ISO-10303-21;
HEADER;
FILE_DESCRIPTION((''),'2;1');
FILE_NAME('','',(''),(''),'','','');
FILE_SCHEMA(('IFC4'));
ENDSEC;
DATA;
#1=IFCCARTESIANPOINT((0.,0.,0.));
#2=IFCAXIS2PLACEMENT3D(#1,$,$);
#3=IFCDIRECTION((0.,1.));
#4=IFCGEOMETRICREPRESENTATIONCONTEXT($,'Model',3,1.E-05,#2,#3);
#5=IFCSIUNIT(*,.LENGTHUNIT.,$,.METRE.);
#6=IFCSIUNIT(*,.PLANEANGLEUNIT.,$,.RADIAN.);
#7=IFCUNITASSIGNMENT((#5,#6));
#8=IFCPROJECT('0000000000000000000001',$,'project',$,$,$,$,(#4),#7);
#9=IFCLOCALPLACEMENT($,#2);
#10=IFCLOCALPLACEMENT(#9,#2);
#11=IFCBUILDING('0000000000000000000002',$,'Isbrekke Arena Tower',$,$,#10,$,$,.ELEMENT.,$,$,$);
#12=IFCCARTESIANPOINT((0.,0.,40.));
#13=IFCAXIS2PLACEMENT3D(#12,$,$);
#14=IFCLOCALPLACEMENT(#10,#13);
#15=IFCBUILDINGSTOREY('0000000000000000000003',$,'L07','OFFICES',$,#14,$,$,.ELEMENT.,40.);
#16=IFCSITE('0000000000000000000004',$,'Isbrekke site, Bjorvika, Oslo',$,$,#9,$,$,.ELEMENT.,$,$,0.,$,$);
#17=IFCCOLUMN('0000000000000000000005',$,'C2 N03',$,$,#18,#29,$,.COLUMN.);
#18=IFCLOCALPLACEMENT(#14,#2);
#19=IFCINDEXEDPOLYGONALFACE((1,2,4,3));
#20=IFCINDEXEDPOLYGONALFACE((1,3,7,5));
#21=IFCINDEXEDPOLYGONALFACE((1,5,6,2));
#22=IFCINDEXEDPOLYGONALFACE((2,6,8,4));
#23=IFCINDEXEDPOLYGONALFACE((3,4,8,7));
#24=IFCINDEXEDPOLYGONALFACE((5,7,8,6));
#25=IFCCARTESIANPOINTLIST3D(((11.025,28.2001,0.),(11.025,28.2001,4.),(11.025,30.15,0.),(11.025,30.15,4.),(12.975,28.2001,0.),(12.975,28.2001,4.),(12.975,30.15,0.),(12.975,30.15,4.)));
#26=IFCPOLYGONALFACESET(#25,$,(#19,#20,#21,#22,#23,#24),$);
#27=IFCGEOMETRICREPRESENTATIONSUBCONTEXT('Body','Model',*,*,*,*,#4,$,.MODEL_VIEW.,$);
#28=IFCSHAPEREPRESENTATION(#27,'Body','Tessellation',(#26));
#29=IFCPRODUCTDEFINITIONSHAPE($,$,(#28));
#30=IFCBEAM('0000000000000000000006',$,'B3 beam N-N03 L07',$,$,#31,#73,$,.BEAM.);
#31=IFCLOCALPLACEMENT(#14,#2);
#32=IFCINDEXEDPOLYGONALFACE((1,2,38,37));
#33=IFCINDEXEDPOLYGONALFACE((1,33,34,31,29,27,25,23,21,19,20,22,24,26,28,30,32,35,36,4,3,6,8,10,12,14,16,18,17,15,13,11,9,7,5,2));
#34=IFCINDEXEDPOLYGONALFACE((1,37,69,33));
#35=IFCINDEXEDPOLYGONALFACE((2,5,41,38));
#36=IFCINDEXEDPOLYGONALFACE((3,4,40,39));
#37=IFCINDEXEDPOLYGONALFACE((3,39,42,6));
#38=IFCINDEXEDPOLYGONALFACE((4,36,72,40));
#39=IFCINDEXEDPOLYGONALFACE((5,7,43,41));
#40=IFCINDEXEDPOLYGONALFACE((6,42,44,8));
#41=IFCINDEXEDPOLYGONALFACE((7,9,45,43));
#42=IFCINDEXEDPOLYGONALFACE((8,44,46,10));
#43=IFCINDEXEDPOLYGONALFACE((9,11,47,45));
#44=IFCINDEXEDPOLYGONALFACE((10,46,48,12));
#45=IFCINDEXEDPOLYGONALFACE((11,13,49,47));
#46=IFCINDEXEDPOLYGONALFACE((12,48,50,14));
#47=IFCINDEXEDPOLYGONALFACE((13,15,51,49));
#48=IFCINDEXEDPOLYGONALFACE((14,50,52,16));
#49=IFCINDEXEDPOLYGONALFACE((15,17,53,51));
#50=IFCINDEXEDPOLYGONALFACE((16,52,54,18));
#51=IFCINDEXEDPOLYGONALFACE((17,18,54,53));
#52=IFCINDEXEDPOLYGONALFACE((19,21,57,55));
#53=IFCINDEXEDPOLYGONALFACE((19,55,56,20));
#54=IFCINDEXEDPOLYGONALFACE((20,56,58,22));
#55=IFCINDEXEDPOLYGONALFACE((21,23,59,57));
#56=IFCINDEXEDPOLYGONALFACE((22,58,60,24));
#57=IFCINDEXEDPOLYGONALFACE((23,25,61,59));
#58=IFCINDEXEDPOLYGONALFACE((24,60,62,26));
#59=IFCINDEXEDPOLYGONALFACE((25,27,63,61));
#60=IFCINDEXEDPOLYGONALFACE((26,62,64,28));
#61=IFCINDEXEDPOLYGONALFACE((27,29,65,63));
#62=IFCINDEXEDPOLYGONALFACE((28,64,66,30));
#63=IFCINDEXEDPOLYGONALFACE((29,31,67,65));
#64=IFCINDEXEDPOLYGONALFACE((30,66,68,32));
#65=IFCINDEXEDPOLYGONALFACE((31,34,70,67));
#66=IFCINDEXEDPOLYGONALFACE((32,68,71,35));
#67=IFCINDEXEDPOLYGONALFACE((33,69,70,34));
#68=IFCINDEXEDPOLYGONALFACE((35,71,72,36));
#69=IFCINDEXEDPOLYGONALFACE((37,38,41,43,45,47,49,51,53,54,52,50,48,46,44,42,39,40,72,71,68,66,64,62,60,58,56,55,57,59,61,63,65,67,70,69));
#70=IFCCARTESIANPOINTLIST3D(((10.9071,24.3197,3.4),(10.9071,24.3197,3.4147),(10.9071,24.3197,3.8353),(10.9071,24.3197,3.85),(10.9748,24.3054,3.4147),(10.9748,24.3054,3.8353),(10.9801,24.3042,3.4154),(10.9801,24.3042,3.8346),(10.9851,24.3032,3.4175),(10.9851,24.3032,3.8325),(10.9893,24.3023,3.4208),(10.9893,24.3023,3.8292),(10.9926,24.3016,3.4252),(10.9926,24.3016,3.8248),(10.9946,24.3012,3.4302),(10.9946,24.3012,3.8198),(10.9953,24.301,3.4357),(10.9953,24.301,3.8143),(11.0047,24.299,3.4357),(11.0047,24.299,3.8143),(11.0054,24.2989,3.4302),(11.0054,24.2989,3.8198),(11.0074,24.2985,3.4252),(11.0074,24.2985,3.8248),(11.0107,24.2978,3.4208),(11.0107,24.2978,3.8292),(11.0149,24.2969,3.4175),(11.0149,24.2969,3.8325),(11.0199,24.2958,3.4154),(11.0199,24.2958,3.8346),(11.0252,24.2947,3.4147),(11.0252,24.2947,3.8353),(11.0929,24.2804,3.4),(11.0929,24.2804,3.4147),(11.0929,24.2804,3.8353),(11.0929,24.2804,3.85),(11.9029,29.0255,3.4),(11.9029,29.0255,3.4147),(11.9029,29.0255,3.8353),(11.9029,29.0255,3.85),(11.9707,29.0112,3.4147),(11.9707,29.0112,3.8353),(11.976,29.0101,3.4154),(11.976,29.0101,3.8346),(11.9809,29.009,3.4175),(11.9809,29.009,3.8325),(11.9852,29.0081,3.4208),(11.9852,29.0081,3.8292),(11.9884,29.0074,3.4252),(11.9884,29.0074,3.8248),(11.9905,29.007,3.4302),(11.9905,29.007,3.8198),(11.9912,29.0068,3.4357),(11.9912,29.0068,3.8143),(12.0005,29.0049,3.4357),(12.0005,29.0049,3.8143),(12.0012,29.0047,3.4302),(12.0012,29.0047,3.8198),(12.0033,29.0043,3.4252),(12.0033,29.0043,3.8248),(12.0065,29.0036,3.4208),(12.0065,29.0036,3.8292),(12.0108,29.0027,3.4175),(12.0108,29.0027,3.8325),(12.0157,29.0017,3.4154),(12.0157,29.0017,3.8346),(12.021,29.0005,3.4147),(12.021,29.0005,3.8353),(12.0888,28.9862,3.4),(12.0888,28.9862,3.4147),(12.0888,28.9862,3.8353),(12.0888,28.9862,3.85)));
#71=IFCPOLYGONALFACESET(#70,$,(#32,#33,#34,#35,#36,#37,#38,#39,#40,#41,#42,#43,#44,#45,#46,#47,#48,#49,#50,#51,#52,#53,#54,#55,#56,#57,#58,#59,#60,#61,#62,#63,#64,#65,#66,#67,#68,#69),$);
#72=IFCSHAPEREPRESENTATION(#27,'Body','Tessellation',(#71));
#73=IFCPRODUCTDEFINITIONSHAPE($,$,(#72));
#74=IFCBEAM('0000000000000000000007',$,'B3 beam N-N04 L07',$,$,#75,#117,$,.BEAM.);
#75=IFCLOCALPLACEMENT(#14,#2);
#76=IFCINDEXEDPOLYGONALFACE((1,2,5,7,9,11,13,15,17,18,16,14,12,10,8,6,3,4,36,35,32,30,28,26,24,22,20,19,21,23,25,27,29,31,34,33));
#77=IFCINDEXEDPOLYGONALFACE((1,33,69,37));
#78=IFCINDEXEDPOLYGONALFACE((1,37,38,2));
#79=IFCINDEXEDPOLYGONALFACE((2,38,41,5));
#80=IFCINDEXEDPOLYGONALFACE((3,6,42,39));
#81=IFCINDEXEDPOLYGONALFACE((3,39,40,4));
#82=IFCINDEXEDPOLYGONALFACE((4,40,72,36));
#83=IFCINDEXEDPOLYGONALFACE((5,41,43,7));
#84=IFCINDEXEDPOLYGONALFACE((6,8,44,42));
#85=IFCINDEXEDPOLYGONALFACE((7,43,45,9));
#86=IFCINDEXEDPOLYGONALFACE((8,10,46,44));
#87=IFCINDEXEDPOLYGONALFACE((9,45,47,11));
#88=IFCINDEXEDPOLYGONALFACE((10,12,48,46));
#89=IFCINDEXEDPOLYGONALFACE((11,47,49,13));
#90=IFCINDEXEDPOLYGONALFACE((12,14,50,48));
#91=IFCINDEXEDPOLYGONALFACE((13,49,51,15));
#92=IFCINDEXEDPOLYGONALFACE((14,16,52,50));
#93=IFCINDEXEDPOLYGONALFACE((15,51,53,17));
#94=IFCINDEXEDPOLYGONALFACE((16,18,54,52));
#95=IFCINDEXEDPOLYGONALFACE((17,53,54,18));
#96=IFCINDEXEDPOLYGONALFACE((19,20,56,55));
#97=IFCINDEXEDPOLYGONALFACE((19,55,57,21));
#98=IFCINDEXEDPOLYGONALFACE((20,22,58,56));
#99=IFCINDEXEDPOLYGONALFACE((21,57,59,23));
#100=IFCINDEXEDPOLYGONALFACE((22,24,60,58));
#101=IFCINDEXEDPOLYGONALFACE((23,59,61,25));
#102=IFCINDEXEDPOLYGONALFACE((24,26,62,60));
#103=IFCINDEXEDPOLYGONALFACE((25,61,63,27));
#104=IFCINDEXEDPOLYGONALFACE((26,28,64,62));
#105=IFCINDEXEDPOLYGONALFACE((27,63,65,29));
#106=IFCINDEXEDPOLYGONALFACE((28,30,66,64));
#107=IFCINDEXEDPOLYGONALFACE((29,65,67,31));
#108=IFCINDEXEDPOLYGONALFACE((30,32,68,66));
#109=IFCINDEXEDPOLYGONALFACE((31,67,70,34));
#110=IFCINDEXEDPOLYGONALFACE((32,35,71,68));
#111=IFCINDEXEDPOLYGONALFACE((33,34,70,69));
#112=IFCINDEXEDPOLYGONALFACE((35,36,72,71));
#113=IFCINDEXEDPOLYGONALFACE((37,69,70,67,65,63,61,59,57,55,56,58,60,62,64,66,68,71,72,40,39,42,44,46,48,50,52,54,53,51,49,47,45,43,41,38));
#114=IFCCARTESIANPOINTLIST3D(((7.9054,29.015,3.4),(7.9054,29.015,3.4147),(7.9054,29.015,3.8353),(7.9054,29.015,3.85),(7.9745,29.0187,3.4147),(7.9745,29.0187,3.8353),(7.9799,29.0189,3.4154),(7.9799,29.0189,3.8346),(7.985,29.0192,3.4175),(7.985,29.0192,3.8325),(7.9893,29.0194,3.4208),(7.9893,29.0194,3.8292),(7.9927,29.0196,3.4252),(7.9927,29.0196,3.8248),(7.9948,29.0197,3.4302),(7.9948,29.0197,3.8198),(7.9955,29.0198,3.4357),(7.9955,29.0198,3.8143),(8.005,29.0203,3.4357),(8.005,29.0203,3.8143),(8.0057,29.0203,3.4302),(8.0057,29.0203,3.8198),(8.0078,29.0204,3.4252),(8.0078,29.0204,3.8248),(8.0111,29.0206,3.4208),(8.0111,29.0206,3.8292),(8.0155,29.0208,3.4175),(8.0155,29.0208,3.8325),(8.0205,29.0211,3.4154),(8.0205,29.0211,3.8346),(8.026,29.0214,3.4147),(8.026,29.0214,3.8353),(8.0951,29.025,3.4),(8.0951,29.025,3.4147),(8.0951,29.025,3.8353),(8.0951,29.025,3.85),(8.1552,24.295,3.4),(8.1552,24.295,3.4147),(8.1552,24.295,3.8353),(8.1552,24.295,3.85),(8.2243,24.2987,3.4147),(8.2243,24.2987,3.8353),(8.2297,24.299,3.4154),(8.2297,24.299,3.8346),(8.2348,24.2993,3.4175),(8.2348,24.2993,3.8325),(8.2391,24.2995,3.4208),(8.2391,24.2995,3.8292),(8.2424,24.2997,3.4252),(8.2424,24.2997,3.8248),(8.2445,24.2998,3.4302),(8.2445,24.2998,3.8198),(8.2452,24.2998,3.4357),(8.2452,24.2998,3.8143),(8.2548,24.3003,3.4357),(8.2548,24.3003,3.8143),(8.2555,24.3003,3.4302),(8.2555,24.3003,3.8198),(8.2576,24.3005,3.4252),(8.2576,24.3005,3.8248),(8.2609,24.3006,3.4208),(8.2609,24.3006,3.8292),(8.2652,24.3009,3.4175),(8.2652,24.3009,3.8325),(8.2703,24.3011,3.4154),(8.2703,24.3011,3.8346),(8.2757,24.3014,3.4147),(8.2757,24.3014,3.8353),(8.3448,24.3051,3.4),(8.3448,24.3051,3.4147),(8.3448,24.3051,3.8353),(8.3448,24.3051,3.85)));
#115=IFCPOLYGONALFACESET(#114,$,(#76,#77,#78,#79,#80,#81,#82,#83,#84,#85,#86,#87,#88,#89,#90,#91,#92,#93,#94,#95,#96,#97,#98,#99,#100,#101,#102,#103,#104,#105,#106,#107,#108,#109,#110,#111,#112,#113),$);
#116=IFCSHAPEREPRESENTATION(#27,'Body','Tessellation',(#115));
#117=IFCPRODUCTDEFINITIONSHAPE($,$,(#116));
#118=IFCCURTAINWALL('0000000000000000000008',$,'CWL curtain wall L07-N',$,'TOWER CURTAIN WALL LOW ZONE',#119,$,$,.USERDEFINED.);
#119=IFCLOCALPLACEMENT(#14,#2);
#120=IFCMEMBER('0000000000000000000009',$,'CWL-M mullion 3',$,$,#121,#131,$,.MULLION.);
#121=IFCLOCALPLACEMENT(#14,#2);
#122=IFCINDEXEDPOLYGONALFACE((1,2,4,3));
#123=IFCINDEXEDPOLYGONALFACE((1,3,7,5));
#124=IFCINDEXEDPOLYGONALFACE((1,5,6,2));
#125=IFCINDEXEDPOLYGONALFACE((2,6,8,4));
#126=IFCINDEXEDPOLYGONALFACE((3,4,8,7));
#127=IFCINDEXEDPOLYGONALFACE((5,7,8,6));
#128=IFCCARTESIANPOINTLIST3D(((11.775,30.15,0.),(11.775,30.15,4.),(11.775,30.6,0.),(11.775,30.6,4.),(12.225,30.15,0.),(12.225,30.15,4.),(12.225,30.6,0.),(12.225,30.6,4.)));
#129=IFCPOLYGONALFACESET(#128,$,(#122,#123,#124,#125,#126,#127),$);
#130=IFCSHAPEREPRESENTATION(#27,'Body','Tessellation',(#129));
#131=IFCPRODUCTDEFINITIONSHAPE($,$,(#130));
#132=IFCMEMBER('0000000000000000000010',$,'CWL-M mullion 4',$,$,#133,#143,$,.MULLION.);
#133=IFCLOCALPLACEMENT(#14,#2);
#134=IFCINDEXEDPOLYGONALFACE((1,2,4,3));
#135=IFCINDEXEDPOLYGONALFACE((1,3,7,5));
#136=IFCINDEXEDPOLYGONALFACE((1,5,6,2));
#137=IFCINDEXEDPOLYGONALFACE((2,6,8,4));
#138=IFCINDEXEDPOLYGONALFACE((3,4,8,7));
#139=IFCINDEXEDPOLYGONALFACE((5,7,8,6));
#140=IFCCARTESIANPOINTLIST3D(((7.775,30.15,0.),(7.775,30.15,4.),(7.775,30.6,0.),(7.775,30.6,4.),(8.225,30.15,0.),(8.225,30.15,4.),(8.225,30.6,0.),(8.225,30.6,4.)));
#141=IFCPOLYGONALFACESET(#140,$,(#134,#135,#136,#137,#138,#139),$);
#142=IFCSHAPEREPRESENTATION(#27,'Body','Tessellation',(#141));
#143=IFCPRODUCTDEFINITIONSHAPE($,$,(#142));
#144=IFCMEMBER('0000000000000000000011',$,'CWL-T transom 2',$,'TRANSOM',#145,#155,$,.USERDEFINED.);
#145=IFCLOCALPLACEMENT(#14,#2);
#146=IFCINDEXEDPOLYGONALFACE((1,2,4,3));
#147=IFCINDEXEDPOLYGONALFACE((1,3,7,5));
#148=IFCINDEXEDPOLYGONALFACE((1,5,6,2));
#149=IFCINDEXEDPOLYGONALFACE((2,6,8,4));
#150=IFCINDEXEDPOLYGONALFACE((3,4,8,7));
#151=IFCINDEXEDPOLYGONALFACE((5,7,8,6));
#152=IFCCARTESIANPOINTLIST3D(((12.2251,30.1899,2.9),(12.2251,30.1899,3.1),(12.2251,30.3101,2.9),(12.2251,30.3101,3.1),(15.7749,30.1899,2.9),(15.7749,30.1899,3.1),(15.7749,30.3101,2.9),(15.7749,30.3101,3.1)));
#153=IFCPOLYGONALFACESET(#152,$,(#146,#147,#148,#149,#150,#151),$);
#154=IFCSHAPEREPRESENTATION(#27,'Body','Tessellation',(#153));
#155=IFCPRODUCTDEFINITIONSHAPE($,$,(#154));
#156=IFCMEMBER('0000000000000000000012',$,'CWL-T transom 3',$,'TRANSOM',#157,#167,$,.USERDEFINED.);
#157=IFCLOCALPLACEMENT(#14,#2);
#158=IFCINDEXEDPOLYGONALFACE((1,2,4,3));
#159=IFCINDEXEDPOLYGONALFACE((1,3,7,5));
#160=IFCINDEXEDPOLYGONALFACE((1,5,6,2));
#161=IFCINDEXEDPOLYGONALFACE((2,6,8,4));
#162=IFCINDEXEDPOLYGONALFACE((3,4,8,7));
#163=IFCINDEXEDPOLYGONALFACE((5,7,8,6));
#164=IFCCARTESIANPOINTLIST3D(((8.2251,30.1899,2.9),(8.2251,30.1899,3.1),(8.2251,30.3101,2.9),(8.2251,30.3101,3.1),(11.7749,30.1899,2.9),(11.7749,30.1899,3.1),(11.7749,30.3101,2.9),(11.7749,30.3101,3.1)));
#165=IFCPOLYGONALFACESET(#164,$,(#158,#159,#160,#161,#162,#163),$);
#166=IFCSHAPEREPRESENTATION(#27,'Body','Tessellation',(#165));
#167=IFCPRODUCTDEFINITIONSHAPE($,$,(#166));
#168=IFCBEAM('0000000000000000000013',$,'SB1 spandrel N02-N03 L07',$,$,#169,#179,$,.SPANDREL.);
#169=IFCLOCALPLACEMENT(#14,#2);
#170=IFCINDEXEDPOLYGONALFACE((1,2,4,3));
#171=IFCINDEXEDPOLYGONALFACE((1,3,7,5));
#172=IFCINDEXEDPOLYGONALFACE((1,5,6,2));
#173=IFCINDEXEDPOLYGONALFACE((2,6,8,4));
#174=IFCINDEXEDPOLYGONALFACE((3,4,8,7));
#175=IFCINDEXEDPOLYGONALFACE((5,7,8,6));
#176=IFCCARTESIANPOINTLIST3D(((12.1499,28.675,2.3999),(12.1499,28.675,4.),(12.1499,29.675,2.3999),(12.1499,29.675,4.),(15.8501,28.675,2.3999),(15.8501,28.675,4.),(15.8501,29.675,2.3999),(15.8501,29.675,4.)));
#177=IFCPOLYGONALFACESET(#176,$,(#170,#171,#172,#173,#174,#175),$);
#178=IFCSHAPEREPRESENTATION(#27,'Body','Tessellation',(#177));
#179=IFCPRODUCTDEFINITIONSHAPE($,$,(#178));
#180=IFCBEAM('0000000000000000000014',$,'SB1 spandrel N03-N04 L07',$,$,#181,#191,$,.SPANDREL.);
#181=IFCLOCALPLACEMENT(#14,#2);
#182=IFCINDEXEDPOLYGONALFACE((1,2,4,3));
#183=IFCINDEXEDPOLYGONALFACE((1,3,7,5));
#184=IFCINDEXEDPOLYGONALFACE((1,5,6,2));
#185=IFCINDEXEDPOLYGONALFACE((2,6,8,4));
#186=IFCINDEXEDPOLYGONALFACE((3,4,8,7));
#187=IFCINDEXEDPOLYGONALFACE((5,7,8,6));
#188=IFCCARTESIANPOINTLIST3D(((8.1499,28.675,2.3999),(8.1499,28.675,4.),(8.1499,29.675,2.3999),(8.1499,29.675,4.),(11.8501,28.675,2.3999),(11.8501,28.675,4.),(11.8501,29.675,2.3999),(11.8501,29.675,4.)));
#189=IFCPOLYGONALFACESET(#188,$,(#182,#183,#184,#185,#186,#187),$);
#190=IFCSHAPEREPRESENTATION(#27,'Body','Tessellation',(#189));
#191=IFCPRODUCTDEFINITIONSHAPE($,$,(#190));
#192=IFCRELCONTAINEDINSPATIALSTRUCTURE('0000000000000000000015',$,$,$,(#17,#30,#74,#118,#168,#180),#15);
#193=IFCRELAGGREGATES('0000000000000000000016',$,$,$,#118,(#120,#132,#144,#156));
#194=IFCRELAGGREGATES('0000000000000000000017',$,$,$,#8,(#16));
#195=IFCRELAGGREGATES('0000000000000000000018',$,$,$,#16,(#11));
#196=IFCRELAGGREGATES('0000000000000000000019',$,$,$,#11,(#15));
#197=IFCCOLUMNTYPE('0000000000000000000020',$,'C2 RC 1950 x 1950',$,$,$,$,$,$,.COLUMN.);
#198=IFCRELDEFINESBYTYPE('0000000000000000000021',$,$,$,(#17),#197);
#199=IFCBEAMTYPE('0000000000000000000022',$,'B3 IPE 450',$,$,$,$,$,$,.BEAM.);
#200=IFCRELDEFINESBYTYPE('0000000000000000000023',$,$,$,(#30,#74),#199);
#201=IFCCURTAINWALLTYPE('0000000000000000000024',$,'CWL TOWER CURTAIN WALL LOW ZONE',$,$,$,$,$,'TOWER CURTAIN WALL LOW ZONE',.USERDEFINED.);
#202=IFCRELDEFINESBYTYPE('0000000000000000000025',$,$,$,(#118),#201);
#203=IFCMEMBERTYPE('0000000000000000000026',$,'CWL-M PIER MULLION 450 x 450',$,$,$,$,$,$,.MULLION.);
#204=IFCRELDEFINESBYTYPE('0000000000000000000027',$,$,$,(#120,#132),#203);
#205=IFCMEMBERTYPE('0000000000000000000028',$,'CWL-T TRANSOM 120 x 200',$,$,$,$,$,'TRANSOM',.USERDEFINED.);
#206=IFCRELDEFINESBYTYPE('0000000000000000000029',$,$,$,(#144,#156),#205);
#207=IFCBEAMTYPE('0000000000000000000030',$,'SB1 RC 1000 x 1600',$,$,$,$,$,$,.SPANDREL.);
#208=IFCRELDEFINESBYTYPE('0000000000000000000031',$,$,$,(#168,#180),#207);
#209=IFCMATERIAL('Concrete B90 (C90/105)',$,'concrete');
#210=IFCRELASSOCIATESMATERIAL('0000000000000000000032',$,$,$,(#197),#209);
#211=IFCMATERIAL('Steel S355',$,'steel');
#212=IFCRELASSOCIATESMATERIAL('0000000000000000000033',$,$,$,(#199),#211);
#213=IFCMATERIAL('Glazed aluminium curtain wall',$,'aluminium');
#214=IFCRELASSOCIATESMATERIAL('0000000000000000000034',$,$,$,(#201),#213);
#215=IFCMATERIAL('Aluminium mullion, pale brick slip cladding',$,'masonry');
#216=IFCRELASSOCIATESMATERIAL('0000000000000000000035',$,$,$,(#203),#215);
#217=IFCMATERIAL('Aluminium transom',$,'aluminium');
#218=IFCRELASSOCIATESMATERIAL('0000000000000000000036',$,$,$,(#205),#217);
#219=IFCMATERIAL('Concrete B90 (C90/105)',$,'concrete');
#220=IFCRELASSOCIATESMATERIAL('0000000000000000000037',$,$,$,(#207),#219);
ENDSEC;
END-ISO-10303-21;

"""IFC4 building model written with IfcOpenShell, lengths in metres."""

from ifc_helpers import new_model, si_unit, direction, frame, origin, origin_2d, place, context, subcontext, project, spatial, rectangle, i_section, extrude, material, material_profile, profile_set, type_object, element, aggregate, save


model = new_model("IFC4")

# Units and contexts
model_context = context("Model", 3, precision=1e-05, world=origin(), true_north=direction((0.0, 1.0)))
body_context = subcontext(model_context, "Body", "Model", "MODEL_VIEW")
ifc_project = project(units=[si_unit("LENGTHUNIT", "METRE"), si_unit("PLANEANGLEUNIT", "RADIAN")], contexts=[model_context])

# Site, building, storey
site_placement = place(None, origin())
site = spatial("IfcSite", under=ifc_project, at=site_placement, Name="Isbrekke site, Bjorvika, Oslo", CompositionType="ELEMENT", RefElevation=0.0)
building_placement = place(site_placement, origin())
building = spatial("IfcBuilding", under=site, at=building_placement, Name="Isbrekke Arena Tower", CompositionType="ELEMENT")
storey_placement = place(building_placement, frame((0.0, 0.0, 40.0)))
storey = spatial("IfcBuildingStorey", under=building, at=storey_placement, Name="L07", Description="OFFICES", CompositionType="ELEMENT", Elevation=40.0)

# Column
ifc_material_1 = material(Name="Concrete B90 (C90/105)", Category="concrete")
ifc_material_profile_1 = material_profile(ifc_material_1, rectangle(XDim=1.95, YDim=1.95, at=origin_2d()), Name="RC 1950x1950")
ifc_profile_set_1 = profile_set([ifc_material_profile_1], Name="Concrete B90 (C90/105)")
column_type = type_object("IfcColumnType", Name="C2 RC 1950 x 1950", PredefinedType="COLUMN", material=ifc_profile_set_1)
column_placement = place(storey_placement, frame((12.0, 29.175, 0.0), z_axis=(0.0, 0.0, 1.0), x_axis=(-1.0, 0.0, 0.0)))
element("IfcColumn", 1, at=column_placement, inside=storey, type_object=column_type, Name="C2 N03", PredefinedType="COLUMN", context=body_context, shape_type="SweptSolid", body=[
    extrude(rectangle(XDim=1.95, YDim=1.95, at=origin_2d()), origin(), (0.0, 0.0, 1.0), 4.0),
])

# Beams
ifc_material_2 = material(Name="Steel S355", Category="steel")
ifc_material_profile_2 = material_profile(ifc_material_2, i_section(OverallWidth=0.1899, OverallDepth=0.45, WebThickness=0.0095, FlangeThickness=0.0146, FilletRadius=0.021, at=origin_2d()), Name="IPE 450")
ifc_profile_set_2 = profile_set([ifc_material_profile_2], Name="Steel S355")
beam_type_1 = type_object("IfcBeamType", Name="B3 IPE 450", PredefinedType="BEAM", material=ifc_profile_set_2)
beam_1_placement = place(storey_placement, frame((11.9958, 29.0059, 3.625), z_axis=(-0.207036, -0.978333, 0.0), x_axis=(0.978333, -0.207036, 0.0)))
element("IfcBeam", 2, at=beam_1_placement, inside=storey, type_object=beam_type_1, Name="B3 beam N-N03 L07", PredefinedType="BEAM", context=body_context, shape_type="SweptSolid", body=[
    extrude(i_section(OverallWidth=0.1899, OverallDepth=0.45, WebThickness=0.0095, FlangeThickness=0.0146, FilletRadius=0.021, at=origin_2d()), origin(), (0.0, 0.0, 1.0), 4.8101),
])
beam_2_placement = place(storey_placement, frame((8.0002, 29.02, 3.625), z_axis=(0.052841, -0.998603, 0.0), x_axis=(0.998603, 0.052841, 0.0)))
element("IfcBeam", 3, at=beam_2_placement, inside=storey, type_object=beam_type_1, Name="B3 beam N-N04 L07", PredefinedType="BEAM", context=body_context, shape_type="SweptSolid", body=[
    extrude(i_section(OverallWidth=0.1899, OverallDepth=0.45, WebThickness=0.0095, FlangeThickness=0.0146, FilletRadius=0.021, at=origin_2d()), origin(), (0.0, 0.0, 1.0), 4.7266),
])

# Curtain wall, members
ifc_material_3 = material(Name="Glazed aluminium curtain wall", Category="aluminium")
curtain_wall_type = type_object("IfcCurtainWallType", Name="CWL TOWER CURTAIN WALL LOW ZONE", ElementType="TOWER CURTAIN WALL LOW ZONE", PredefinedType="USERDEFINED", material=ifc_material_3)
curtain_wall_placement = place(storey_placement, origin())
curtain_wall = element("IfcCurtainWall", 4, at=curtain_wall_placement, inside=storey, type_object=curtain_wall_type, Name="CWL curtain wall L07-N", ObjectType="TOWER CURTAIN WALL LOW ZONE", PredefinedType="USERDEFINED")
ifc_material_4 = material(Name="Aluminium mullion, pale brick slip cladding", Category="masonry")
ifc_material_profile_3 = material_profile(ifc_material_4, rectangle(XDim=0.45, YDim=0.45, at=origin_2d()), Name="PIER 450X450")
ifc_profile_set_3 = profile_set([ifc_material_profile_3], Name="Aluminium mullion, pale brick slip cladding")
member_type_1 = type_object("IfcMemberType", Name="CWL-M PIER MULLION 450 x 450", PredefinedType="MULLION", material=ifc_profile_set_3)
member_1_placement = place(storey_placement, frame((12.0, 30.375, 0.0), z_axis=(0.0, 0.0, 1.0), x_axis=(-1.0, 0.0, 0.0)))
member_1 = element("IfcMember", 5, at=member_1_placement, type_object=member_type_1, Name="CWL-M mullion 3", PredefinedType="MULLION", context=body_context, shape_type="SweptSolid", body=[
    extrude(rectangle(XDim=0.45, YDim=0.45, at=origin_2d()), origin(), (0.0, 0.0, 1.0), 4.0),
])
member_2_placement = place(storey_placement, frame((8.0, 30.375, 0.0), z_axis=(0.0, 0.0, 1.0), x_axis=(-1.0, 0.0, 0.0)))
member_2 = element("IfcMember", 6, at=member_2_placement, type_object=member_type_1, Name="CWL-M mullion 4", PredefinedType="MULLION", context=body_context, shape_type="SweptSolid", body=[
    extrude(rectangle(XDim=0.45, YDim=0.45, at=origin_2d()), origin(), (0.0, 0.0, 1.0), 4.0),
])
ifc_material_5 = material(Name="Aluminium transom", Category="aluminium")
ifc_material_profile_4 = material_profile(ifc_material_5, rectangle(XDim=0.1201, YDim=0.2, at=origin_2d()), Name="TRANSOM 120X200")
ifc_profile_set_4 = profile_set([ifc_material_profile_4], Name="Aluminium transom")
member_type_2 = type_object("IfcMemberType", Name="CWL-T TRANSOM 120 x 200", ElementType="TRANSOM", PredefinedType="USERDEFINED", material=ifc_profile_set_4)
member_3_placement = place(storey_placement, frame((15.7749, 30.25, 3.0), z_axis=(-1.0, 0.0, 0.0), x_axis=(0.0, -1.0, 0.0)))
member_3 = element("IfcMember", 7, at=member_3_placement, type_object=member_type_2, Name="CWL-T transom 2", ObjectType="TRANSOM", PredefinedType="USERDEFINED", context=body_context, shape_type="SweptSolid", body=[
    extrude(rectangle(XDim=0.1201, YDim=0.2, at=origin_2d()), origin(), (0.0, 0.0, 1.0), 3.5498),
])
member_4_placement = place(storey_placement, frame((11.7749, 30.25, 3.0), z_axis=(-1.0, 0.0, 0.0), x_axis=(0.0, -1.0, 0.0)))
member_4 = element("IfcMember", 8, at=member_4_placement, type_object=member_type_2, Name="CWL-T transom 3", ObjectType="TRANSOM", PredefinedType="USERDEFINED", context=body_context, shape_type="SweptSolid", body=[
    extrude(rectangle(XDim=0.1201, YDim=0.2, at=origin_2d()), origin(), (0.0, 0.0, 1.0), 3.5498),
])

# Beams
ifc_material_6 = material(Name="Concrete B90 (C90/105)", Category="concrete")
ifc_material_profile_5 = material_profile(ifc_material_6, rectangle(XDim=1.0, YDim=1.6001, at=origin_2d()), Name="RC 1000x1600")
ifc_profile_set_5 = profile_set([ifc_material_profile_5], Name="Concrete B90 (C90/105)")
beam_type_2 = type_object("IfcBeamType", Name="SB1 RC 1000 x 1600", PredefinedType="SPANDREL", material=ifc_profile_set_5)
for number, where, z_axis, x_axis, name in (
    (9, (15.8501, 29.175, 3.2), (-1.0, 0.0, 0.0), (0.0, -1.0, 0.0), "SB1 spandrel N02-N03 L07"),
    (10, (11.8501, 29.175, 3.2), (-1.0, 0.0, 0.0), (0.0, -1.0, 0.0), "SB1 spandrel N03-N04 L07"),
):
    element("IfcBeam", number, at=place(storey_placement, frame(where, z_axis=z_axis, x_axis=x_axis)), inside=storey, type_object=beam_type_2, Name=name, PredefinedType="SPANDREL", context=body_context, shape_type="SweptSolid", body=[
        extrude(rectangle(XDim=1.0, YDim=1.6001, at=origin_2d()), origin(), (0.0, 0.0, 1.0), 3.7002),
    ])

aggregate(curtain_wall, [member_1, member_2, member_3, member_4])

save(model, "model.ifc")
